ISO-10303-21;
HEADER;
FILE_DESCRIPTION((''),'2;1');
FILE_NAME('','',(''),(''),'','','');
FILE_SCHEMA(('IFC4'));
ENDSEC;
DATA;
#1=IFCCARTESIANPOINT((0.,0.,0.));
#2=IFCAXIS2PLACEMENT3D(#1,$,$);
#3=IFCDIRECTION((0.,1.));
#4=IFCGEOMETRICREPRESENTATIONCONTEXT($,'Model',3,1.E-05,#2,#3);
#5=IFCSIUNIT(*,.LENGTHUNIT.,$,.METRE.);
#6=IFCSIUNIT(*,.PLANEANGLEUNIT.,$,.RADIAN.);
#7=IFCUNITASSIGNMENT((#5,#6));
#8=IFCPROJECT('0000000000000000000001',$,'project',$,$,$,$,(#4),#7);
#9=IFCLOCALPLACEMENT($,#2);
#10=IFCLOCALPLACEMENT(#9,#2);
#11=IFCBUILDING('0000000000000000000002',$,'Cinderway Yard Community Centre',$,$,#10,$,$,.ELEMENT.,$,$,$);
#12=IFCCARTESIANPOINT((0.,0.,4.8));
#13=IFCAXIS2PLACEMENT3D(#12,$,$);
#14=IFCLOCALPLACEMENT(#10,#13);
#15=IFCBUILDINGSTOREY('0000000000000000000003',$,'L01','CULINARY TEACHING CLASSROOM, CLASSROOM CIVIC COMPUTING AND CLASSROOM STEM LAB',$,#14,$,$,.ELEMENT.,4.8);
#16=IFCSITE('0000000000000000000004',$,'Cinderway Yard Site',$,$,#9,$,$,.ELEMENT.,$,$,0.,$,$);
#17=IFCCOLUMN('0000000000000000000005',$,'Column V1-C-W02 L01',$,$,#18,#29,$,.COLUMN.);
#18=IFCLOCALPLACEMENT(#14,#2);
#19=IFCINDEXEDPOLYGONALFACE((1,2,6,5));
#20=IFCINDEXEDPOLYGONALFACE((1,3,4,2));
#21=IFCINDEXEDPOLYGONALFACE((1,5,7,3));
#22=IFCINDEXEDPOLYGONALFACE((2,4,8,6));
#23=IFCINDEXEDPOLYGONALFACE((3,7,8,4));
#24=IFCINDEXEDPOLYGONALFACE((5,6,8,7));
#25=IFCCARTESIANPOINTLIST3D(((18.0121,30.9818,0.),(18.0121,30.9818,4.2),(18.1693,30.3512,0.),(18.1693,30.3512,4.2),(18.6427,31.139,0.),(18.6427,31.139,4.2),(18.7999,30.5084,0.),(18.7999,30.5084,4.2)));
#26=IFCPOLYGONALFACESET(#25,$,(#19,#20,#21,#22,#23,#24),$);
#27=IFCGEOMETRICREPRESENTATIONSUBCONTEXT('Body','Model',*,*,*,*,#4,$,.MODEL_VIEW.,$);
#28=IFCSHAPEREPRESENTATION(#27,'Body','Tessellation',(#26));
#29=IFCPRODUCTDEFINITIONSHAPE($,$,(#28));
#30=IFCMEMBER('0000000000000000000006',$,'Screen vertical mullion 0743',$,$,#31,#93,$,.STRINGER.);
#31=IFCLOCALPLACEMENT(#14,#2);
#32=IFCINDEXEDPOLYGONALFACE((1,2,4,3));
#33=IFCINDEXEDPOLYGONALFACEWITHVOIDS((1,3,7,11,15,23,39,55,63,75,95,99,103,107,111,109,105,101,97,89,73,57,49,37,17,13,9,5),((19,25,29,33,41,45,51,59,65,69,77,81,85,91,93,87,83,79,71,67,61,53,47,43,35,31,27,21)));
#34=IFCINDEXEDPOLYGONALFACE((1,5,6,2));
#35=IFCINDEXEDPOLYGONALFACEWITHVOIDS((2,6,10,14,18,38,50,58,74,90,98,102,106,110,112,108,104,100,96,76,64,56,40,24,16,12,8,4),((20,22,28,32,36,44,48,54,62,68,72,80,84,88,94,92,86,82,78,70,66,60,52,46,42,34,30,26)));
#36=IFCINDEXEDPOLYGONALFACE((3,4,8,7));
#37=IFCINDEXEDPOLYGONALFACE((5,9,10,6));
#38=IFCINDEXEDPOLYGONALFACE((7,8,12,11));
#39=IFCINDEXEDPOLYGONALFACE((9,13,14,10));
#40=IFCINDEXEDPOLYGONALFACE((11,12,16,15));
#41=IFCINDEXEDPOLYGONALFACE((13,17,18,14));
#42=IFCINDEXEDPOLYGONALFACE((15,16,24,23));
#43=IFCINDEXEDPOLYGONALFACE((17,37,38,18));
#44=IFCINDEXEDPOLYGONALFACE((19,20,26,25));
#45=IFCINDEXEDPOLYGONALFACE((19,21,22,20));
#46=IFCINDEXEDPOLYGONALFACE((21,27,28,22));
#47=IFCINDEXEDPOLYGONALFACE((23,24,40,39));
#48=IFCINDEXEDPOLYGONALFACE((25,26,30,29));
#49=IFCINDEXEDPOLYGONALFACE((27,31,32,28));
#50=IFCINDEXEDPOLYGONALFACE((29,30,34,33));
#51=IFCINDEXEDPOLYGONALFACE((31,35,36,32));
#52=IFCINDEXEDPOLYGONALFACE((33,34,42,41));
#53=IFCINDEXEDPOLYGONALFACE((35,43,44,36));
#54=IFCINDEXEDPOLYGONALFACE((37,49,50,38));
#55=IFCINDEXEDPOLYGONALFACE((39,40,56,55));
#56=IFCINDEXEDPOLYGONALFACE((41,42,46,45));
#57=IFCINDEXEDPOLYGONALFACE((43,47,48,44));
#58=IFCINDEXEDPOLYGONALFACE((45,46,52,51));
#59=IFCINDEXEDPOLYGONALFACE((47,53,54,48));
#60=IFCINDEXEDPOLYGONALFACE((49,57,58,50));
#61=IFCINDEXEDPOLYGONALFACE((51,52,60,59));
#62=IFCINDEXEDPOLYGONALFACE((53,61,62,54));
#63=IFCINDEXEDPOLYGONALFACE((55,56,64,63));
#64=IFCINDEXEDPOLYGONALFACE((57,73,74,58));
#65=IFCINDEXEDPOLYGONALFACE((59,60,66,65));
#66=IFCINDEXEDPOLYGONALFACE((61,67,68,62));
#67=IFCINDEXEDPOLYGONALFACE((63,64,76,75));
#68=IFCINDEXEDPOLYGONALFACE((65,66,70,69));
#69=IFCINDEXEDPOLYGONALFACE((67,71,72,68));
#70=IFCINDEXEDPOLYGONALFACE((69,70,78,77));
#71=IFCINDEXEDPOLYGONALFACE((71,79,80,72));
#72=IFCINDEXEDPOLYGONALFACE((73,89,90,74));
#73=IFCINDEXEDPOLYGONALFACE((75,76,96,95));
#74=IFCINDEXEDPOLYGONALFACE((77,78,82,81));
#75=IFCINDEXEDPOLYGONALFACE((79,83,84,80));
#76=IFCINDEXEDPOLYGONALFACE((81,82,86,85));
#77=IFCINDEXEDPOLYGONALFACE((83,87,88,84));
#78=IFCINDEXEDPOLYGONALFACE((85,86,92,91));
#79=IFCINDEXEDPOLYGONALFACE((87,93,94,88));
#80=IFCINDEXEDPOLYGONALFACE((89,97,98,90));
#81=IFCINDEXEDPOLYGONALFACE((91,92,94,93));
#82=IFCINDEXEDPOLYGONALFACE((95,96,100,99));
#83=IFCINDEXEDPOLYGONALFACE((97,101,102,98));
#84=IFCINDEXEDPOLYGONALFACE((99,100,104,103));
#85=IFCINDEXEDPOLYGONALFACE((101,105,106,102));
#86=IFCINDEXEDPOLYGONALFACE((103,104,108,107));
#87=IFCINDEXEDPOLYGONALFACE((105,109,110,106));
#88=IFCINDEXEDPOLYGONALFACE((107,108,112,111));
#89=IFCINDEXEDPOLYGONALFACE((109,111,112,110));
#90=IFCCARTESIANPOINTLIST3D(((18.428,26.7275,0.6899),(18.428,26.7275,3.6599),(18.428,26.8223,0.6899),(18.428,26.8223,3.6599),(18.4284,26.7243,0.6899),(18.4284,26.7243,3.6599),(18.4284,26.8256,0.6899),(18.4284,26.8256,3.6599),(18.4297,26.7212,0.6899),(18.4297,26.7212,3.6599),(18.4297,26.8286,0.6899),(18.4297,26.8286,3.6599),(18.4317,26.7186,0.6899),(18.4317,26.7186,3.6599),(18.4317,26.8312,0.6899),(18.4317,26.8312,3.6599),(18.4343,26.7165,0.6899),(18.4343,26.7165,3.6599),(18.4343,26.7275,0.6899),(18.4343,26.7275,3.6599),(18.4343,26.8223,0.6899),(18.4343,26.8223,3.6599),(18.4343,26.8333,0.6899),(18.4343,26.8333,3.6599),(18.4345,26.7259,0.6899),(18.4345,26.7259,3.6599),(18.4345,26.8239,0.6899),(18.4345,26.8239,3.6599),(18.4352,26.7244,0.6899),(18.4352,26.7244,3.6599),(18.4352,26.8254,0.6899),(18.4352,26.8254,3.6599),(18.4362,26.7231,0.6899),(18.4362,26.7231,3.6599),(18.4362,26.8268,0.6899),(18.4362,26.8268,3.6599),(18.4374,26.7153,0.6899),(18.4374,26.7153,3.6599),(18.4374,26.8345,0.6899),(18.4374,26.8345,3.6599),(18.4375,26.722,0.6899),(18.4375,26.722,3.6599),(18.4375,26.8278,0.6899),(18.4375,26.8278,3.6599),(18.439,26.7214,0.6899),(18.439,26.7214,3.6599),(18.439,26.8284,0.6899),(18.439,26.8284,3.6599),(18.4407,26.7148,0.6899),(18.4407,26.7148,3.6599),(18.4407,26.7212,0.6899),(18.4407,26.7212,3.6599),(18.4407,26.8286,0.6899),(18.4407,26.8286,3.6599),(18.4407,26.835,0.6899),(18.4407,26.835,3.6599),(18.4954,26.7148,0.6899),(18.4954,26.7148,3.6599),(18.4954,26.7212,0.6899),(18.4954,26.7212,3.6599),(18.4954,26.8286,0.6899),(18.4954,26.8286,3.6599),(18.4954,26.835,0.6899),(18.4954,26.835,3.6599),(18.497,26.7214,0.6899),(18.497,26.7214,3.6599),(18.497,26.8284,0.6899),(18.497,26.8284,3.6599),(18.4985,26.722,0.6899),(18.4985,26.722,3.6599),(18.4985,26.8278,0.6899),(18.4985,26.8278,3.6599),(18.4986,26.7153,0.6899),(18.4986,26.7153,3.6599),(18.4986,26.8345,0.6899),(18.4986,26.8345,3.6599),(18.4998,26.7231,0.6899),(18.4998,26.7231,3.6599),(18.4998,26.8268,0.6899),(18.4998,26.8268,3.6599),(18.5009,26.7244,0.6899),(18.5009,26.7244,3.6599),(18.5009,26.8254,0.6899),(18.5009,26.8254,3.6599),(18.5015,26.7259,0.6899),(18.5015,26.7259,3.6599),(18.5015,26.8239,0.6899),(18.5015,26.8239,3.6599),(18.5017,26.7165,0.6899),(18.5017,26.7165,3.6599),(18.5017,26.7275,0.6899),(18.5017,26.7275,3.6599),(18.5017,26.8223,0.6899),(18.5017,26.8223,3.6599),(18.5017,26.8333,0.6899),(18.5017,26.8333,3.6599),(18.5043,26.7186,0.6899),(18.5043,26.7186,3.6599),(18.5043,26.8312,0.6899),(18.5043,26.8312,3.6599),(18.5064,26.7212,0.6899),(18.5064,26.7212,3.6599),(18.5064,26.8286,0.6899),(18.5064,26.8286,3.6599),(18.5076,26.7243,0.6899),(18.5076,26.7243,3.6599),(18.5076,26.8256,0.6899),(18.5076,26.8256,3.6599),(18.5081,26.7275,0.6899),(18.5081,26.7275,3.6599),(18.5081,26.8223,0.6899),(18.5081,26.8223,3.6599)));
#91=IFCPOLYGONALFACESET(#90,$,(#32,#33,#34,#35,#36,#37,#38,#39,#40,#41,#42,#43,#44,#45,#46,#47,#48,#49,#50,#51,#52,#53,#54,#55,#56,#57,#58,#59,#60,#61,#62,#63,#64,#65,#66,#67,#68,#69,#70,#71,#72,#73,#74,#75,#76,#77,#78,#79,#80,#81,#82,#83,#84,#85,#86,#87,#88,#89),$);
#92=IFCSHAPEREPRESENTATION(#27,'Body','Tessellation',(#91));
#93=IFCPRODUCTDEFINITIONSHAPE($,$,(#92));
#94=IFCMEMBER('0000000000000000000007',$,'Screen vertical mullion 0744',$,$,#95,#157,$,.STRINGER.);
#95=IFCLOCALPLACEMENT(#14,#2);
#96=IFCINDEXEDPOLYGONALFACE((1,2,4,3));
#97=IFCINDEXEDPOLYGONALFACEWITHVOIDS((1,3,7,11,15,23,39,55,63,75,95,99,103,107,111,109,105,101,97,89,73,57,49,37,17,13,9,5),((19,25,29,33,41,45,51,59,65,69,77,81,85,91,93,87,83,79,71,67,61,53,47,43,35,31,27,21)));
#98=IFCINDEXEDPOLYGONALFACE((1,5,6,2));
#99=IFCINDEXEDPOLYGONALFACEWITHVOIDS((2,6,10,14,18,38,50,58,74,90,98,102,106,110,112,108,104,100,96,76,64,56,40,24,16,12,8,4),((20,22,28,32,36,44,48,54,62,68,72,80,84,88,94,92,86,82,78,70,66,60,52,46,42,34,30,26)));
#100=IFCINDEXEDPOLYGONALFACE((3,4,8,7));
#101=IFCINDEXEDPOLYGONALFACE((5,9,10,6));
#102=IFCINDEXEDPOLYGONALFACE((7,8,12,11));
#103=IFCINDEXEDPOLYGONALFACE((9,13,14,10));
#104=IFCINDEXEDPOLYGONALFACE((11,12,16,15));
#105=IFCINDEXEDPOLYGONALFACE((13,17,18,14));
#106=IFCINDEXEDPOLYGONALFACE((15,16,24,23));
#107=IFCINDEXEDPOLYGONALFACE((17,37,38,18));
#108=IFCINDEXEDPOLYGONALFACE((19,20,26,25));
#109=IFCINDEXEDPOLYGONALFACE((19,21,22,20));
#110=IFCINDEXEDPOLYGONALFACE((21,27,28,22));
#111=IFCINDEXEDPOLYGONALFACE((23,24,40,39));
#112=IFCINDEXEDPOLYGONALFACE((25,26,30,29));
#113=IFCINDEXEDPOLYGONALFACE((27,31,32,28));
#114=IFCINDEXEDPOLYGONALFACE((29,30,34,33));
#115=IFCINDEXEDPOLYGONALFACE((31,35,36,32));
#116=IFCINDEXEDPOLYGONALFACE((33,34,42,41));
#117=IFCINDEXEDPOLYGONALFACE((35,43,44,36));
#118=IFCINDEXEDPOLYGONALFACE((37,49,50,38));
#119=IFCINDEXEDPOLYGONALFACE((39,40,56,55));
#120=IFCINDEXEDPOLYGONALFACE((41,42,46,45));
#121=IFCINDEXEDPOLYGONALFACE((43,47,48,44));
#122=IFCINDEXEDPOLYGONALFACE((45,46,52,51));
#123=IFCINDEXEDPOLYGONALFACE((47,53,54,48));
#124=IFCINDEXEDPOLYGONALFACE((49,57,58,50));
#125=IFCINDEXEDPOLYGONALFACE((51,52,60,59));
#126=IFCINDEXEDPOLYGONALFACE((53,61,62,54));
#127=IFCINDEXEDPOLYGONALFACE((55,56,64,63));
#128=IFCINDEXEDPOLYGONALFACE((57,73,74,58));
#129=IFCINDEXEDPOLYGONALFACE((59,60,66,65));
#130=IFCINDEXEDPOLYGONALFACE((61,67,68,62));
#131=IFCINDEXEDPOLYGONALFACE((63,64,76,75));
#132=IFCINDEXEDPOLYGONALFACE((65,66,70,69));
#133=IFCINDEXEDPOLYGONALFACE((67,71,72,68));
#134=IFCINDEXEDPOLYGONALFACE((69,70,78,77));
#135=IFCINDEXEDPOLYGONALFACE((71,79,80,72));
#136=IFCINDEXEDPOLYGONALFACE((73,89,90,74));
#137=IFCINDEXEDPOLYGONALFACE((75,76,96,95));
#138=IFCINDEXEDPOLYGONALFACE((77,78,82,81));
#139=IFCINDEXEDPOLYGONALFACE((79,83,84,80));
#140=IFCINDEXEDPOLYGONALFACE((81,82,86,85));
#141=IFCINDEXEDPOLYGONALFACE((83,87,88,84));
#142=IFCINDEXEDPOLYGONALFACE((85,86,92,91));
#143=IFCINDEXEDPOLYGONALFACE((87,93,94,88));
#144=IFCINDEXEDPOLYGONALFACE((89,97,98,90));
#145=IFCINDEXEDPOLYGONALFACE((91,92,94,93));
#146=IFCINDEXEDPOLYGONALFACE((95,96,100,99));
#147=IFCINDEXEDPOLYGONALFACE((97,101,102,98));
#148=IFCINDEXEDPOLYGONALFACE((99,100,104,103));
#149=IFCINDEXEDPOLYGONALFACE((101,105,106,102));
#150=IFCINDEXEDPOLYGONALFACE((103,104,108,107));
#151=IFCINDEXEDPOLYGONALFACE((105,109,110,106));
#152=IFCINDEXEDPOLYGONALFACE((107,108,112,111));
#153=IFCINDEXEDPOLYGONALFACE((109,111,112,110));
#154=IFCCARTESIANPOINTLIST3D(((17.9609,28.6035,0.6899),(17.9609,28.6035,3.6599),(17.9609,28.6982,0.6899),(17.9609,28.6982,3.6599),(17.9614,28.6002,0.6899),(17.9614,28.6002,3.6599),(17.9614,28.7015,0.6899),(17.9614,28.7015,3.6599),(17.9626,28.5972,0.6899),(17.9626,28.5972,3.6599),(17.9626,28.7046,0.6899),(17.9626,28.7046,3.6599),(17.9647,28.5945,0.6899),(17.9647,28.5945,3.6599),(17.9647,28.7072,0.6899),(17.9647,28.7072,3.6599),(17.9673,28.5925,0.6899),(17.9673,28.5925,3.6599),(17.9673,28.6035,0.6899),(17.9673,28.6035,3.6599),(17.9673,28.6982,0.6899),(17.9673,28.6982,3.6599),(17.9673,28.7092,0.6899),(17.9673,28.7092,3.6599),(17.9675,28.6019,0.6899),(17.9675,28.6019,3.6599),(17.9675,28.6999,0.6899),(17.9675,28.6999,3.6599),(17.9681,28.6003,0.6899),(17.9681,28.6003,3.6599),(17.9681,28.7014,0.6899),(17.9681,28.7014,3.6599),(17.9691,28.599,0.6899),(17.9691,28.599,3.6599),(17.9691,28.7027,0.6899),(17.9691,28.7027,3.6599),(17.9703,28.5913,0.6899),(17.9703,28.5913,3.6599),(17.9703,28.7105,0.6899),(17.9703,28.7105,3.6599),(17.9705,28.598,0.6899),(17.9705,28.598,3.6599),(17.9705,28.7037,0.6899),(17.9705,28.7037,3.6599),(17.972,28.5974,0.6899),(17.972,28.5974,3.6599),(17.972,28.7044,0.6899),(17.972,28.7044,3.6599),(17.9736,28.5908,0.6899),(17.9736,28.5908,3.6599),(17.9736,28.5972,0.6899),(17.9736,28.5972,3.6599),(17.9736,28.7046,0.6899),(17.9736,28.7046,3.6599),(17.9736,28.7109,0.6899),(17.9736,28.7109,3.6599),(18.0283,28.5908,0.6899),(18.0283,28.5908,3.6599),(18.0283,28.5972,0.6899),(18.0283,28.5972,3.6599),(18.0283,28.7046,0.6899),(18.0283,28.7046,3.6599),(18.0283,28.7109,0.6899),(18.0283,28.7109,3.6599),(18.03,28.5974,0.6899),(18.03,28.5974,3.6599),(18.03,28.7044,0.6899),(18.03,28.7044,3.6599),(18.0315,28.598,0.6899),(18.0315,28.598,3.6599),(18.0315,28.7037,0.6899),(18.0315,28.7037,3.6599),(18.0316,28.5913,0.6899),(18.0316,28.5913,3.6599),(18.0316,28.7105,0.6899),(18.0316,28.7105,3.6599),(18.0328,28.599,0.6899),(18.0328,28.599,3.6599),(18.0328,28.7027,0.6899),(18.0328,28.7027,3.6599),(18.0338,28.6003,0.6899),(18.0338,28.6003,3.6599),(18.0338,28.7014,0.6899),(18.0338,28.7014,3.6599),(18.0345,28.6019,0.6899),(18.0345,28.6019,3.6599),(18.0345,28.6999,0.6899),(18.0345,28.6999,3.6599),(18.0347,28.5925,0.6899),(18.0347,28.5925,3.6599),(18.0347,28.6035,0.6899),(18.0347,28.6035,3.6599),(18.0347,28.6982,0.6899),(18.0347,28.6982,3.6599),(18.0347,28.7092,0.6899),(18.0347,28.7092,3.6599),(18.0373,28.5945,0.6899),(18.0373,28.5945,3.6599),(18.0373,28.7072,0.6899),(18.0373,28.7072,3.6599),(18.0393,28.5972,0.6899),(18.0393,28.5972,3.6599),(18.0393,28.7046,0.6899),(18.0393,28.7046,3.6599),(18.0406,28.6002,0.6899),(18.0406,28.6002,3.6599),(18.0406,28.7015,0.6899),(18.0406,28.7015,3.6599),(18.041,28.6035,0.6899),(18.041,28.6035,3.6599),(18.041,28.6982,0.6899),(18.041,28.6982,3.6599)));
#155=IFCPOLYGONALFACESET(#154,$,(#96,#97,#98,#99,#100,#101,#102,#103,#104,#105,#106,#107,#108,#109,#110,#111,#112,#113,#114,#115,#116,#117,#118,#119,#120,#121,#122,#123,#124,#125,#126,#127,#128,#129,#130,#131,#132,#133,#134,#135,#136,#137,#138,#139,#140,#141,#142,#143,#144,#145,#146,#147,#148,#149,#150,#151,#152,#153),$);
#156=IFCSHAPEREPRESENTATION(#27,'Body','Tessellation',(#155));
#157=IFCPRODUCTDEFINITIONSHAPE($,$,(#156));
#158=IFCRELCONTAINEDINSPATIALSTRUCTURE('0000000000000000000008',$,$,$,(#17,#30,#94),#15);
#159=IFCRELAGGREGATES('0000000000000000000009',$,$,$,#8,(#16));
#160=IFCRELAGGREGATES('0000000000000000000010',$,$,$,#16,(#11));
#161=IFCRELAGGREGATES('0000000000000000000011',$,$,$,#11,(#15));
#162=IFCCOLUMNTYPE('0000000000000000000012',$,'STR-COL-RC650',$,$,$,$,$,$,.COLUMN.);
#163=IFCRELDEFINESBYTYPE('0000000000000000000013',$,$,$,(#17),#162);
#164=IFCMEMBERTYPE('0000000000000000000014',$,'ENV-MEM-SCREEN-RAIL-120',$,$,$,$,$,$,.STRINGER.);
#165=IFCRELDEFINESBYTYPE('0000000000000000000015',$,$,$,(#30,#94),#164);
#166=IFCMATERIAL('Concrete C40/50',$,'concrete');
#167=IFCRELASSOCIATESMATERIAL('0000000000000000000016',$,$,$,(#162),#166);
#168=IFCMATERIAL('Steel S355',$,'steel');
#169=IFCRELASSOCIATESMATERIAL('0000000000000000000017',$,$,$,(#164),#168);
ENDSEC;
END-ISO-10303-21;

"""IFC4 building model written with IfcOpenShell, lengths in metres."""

from ifc_helpers import new_model, si_unit, direction, frame, origin, origin_2d, place, context, subcontext, project, spatial, rectangle, hollow_rectangle, extrude, material, material_profile, profile_set, type_object, element, save


model = new_model("IFC4")

# Units and contexts
model_context = context("Model", 3, precision=1e-05, world=origin(), true_north=direction((0.0, 1.0)))
body_context = subcontext(model_context, "Body", "Model", "MODEL_VIEW")
ifc_project = project(units=[si_unit("LENGTHUNIT", "METRE"), si_unit("PLANEANGLEUNIT", "RADIAN")], contexts=[model_context])

# Site, building, storey
site_placement = place(None, origin())
site = spatial("IfcSite", under=ifc_project, at=site_placement, Name="Cinderway Yard Site", CompositionType="ELEMENT", RefElevation=0.0)
building_placement = place(site_placement, origin())
building = spatial("IfcBuilding", under=site, at=building_placement, Name="Cinderway Yard Community Centre", CompositionType="ELEMENT")
storey_placement = place(building_placement, frame((0.0, 0.0, 4.8)))
storey = spatial("IfcBuildingStorey", under=building, at=storey_placement, Name="L01", Description="CULINARY TEACHING CLASSROOM, CLASSROOM CIVIC COMPUTING AND CLASSROOM STEM LAB", CompositionType="ELEMENT", Elevation=4.8)

# Column
ifc_material_1 = material(Name="Concrete C40/50", Category="concrete")
ifc_material_profile_1 = material_profile(ifc_material_1, rectangle(XDim=0.6499, YDim=0.6499, at=origin_2d()), Name="Concrete C40/50")
ifc_profile_set_1 = profile_set([ifc_material_profile_1], Name="Concrete C40/50")
column_type = type_object("IfcColumnType", Name="STR-COL-RC650", PredefinedType="COLUMN", material=ifc_profile_set_1)
column_placement = place(storey_placement, frame((18.406, 30.7451, 0.0), z_axis=(0.0, 0.0, 1.0), x_axis=(0.970296, 0.241922, 0.0)))
element("IfcColumn", 1, at=column_placement, inside=storey, type_object=column_type, Name="Column V1-C-W02 L01", PredefinedType="COLUMN", context=body_context, shape_type="SweptSolid", body=[
    extrude(rectangle(XDim=0.6499, YDim=0.6499, at=origin_2d()), origin(), (0.0, 0.0, 1.0), 4.2),
])

# Members
ifc_material_2 = material(Name="Steel S355", Category="steel")
ifc_material_profile_2 = material_profile(ifc_material_2, hollow_rectangle(XDim=0.0801, YDim=0.1201, WallThickness=0.0063, InnerFilletRadius=0.0063, OuterFilletRadius=0.0127, at=origin_2d()), Name="Steel S355")
ifc_profile_set_2 = profile_set([ifc_material_profile_2], Name="Steel S355")
member_type_1 = type_object("IfcMemberType", Name="ENV-MEM-SCREEN-RAIL-120", PredefinedType="STRINGER", material=ifc_profile_set_2)
for number, where, z_axis, x_axis, name in (
    (2, (18.468, 26.7749, 0.6899), (0.0, 0.0, 1.0), (1.0, 0.0, 0.0), "Screen vertical mullion 0743"),
    (3, (18.001, 28.6509, 0.6899), (0.0, 0.0, 1.0), (1.0, 0.0, 0.0), "Screen vertical mullion 0744"),
):
    element("IfcMember", number, at=place(storey_placement, frame(where, z_axis=z_axis, x_axis=x_axis)), inside=storey, type_object=member_type_1, Name=name, PredefinedType="STRINGER", context=body_context, shape_type="SweptSolid", body=[
        extrude(hollow_rectangle(XDim=0.0801, YDim=0.1201, WallThickness=0.0063, InnerFilletRadius=0.0063, OuterFilletRadius=0.0127, at=origin_2d()), origin(), (0.0, 0.0, 1.0), 2.97),
    ])

save(model, "model.ifc")
